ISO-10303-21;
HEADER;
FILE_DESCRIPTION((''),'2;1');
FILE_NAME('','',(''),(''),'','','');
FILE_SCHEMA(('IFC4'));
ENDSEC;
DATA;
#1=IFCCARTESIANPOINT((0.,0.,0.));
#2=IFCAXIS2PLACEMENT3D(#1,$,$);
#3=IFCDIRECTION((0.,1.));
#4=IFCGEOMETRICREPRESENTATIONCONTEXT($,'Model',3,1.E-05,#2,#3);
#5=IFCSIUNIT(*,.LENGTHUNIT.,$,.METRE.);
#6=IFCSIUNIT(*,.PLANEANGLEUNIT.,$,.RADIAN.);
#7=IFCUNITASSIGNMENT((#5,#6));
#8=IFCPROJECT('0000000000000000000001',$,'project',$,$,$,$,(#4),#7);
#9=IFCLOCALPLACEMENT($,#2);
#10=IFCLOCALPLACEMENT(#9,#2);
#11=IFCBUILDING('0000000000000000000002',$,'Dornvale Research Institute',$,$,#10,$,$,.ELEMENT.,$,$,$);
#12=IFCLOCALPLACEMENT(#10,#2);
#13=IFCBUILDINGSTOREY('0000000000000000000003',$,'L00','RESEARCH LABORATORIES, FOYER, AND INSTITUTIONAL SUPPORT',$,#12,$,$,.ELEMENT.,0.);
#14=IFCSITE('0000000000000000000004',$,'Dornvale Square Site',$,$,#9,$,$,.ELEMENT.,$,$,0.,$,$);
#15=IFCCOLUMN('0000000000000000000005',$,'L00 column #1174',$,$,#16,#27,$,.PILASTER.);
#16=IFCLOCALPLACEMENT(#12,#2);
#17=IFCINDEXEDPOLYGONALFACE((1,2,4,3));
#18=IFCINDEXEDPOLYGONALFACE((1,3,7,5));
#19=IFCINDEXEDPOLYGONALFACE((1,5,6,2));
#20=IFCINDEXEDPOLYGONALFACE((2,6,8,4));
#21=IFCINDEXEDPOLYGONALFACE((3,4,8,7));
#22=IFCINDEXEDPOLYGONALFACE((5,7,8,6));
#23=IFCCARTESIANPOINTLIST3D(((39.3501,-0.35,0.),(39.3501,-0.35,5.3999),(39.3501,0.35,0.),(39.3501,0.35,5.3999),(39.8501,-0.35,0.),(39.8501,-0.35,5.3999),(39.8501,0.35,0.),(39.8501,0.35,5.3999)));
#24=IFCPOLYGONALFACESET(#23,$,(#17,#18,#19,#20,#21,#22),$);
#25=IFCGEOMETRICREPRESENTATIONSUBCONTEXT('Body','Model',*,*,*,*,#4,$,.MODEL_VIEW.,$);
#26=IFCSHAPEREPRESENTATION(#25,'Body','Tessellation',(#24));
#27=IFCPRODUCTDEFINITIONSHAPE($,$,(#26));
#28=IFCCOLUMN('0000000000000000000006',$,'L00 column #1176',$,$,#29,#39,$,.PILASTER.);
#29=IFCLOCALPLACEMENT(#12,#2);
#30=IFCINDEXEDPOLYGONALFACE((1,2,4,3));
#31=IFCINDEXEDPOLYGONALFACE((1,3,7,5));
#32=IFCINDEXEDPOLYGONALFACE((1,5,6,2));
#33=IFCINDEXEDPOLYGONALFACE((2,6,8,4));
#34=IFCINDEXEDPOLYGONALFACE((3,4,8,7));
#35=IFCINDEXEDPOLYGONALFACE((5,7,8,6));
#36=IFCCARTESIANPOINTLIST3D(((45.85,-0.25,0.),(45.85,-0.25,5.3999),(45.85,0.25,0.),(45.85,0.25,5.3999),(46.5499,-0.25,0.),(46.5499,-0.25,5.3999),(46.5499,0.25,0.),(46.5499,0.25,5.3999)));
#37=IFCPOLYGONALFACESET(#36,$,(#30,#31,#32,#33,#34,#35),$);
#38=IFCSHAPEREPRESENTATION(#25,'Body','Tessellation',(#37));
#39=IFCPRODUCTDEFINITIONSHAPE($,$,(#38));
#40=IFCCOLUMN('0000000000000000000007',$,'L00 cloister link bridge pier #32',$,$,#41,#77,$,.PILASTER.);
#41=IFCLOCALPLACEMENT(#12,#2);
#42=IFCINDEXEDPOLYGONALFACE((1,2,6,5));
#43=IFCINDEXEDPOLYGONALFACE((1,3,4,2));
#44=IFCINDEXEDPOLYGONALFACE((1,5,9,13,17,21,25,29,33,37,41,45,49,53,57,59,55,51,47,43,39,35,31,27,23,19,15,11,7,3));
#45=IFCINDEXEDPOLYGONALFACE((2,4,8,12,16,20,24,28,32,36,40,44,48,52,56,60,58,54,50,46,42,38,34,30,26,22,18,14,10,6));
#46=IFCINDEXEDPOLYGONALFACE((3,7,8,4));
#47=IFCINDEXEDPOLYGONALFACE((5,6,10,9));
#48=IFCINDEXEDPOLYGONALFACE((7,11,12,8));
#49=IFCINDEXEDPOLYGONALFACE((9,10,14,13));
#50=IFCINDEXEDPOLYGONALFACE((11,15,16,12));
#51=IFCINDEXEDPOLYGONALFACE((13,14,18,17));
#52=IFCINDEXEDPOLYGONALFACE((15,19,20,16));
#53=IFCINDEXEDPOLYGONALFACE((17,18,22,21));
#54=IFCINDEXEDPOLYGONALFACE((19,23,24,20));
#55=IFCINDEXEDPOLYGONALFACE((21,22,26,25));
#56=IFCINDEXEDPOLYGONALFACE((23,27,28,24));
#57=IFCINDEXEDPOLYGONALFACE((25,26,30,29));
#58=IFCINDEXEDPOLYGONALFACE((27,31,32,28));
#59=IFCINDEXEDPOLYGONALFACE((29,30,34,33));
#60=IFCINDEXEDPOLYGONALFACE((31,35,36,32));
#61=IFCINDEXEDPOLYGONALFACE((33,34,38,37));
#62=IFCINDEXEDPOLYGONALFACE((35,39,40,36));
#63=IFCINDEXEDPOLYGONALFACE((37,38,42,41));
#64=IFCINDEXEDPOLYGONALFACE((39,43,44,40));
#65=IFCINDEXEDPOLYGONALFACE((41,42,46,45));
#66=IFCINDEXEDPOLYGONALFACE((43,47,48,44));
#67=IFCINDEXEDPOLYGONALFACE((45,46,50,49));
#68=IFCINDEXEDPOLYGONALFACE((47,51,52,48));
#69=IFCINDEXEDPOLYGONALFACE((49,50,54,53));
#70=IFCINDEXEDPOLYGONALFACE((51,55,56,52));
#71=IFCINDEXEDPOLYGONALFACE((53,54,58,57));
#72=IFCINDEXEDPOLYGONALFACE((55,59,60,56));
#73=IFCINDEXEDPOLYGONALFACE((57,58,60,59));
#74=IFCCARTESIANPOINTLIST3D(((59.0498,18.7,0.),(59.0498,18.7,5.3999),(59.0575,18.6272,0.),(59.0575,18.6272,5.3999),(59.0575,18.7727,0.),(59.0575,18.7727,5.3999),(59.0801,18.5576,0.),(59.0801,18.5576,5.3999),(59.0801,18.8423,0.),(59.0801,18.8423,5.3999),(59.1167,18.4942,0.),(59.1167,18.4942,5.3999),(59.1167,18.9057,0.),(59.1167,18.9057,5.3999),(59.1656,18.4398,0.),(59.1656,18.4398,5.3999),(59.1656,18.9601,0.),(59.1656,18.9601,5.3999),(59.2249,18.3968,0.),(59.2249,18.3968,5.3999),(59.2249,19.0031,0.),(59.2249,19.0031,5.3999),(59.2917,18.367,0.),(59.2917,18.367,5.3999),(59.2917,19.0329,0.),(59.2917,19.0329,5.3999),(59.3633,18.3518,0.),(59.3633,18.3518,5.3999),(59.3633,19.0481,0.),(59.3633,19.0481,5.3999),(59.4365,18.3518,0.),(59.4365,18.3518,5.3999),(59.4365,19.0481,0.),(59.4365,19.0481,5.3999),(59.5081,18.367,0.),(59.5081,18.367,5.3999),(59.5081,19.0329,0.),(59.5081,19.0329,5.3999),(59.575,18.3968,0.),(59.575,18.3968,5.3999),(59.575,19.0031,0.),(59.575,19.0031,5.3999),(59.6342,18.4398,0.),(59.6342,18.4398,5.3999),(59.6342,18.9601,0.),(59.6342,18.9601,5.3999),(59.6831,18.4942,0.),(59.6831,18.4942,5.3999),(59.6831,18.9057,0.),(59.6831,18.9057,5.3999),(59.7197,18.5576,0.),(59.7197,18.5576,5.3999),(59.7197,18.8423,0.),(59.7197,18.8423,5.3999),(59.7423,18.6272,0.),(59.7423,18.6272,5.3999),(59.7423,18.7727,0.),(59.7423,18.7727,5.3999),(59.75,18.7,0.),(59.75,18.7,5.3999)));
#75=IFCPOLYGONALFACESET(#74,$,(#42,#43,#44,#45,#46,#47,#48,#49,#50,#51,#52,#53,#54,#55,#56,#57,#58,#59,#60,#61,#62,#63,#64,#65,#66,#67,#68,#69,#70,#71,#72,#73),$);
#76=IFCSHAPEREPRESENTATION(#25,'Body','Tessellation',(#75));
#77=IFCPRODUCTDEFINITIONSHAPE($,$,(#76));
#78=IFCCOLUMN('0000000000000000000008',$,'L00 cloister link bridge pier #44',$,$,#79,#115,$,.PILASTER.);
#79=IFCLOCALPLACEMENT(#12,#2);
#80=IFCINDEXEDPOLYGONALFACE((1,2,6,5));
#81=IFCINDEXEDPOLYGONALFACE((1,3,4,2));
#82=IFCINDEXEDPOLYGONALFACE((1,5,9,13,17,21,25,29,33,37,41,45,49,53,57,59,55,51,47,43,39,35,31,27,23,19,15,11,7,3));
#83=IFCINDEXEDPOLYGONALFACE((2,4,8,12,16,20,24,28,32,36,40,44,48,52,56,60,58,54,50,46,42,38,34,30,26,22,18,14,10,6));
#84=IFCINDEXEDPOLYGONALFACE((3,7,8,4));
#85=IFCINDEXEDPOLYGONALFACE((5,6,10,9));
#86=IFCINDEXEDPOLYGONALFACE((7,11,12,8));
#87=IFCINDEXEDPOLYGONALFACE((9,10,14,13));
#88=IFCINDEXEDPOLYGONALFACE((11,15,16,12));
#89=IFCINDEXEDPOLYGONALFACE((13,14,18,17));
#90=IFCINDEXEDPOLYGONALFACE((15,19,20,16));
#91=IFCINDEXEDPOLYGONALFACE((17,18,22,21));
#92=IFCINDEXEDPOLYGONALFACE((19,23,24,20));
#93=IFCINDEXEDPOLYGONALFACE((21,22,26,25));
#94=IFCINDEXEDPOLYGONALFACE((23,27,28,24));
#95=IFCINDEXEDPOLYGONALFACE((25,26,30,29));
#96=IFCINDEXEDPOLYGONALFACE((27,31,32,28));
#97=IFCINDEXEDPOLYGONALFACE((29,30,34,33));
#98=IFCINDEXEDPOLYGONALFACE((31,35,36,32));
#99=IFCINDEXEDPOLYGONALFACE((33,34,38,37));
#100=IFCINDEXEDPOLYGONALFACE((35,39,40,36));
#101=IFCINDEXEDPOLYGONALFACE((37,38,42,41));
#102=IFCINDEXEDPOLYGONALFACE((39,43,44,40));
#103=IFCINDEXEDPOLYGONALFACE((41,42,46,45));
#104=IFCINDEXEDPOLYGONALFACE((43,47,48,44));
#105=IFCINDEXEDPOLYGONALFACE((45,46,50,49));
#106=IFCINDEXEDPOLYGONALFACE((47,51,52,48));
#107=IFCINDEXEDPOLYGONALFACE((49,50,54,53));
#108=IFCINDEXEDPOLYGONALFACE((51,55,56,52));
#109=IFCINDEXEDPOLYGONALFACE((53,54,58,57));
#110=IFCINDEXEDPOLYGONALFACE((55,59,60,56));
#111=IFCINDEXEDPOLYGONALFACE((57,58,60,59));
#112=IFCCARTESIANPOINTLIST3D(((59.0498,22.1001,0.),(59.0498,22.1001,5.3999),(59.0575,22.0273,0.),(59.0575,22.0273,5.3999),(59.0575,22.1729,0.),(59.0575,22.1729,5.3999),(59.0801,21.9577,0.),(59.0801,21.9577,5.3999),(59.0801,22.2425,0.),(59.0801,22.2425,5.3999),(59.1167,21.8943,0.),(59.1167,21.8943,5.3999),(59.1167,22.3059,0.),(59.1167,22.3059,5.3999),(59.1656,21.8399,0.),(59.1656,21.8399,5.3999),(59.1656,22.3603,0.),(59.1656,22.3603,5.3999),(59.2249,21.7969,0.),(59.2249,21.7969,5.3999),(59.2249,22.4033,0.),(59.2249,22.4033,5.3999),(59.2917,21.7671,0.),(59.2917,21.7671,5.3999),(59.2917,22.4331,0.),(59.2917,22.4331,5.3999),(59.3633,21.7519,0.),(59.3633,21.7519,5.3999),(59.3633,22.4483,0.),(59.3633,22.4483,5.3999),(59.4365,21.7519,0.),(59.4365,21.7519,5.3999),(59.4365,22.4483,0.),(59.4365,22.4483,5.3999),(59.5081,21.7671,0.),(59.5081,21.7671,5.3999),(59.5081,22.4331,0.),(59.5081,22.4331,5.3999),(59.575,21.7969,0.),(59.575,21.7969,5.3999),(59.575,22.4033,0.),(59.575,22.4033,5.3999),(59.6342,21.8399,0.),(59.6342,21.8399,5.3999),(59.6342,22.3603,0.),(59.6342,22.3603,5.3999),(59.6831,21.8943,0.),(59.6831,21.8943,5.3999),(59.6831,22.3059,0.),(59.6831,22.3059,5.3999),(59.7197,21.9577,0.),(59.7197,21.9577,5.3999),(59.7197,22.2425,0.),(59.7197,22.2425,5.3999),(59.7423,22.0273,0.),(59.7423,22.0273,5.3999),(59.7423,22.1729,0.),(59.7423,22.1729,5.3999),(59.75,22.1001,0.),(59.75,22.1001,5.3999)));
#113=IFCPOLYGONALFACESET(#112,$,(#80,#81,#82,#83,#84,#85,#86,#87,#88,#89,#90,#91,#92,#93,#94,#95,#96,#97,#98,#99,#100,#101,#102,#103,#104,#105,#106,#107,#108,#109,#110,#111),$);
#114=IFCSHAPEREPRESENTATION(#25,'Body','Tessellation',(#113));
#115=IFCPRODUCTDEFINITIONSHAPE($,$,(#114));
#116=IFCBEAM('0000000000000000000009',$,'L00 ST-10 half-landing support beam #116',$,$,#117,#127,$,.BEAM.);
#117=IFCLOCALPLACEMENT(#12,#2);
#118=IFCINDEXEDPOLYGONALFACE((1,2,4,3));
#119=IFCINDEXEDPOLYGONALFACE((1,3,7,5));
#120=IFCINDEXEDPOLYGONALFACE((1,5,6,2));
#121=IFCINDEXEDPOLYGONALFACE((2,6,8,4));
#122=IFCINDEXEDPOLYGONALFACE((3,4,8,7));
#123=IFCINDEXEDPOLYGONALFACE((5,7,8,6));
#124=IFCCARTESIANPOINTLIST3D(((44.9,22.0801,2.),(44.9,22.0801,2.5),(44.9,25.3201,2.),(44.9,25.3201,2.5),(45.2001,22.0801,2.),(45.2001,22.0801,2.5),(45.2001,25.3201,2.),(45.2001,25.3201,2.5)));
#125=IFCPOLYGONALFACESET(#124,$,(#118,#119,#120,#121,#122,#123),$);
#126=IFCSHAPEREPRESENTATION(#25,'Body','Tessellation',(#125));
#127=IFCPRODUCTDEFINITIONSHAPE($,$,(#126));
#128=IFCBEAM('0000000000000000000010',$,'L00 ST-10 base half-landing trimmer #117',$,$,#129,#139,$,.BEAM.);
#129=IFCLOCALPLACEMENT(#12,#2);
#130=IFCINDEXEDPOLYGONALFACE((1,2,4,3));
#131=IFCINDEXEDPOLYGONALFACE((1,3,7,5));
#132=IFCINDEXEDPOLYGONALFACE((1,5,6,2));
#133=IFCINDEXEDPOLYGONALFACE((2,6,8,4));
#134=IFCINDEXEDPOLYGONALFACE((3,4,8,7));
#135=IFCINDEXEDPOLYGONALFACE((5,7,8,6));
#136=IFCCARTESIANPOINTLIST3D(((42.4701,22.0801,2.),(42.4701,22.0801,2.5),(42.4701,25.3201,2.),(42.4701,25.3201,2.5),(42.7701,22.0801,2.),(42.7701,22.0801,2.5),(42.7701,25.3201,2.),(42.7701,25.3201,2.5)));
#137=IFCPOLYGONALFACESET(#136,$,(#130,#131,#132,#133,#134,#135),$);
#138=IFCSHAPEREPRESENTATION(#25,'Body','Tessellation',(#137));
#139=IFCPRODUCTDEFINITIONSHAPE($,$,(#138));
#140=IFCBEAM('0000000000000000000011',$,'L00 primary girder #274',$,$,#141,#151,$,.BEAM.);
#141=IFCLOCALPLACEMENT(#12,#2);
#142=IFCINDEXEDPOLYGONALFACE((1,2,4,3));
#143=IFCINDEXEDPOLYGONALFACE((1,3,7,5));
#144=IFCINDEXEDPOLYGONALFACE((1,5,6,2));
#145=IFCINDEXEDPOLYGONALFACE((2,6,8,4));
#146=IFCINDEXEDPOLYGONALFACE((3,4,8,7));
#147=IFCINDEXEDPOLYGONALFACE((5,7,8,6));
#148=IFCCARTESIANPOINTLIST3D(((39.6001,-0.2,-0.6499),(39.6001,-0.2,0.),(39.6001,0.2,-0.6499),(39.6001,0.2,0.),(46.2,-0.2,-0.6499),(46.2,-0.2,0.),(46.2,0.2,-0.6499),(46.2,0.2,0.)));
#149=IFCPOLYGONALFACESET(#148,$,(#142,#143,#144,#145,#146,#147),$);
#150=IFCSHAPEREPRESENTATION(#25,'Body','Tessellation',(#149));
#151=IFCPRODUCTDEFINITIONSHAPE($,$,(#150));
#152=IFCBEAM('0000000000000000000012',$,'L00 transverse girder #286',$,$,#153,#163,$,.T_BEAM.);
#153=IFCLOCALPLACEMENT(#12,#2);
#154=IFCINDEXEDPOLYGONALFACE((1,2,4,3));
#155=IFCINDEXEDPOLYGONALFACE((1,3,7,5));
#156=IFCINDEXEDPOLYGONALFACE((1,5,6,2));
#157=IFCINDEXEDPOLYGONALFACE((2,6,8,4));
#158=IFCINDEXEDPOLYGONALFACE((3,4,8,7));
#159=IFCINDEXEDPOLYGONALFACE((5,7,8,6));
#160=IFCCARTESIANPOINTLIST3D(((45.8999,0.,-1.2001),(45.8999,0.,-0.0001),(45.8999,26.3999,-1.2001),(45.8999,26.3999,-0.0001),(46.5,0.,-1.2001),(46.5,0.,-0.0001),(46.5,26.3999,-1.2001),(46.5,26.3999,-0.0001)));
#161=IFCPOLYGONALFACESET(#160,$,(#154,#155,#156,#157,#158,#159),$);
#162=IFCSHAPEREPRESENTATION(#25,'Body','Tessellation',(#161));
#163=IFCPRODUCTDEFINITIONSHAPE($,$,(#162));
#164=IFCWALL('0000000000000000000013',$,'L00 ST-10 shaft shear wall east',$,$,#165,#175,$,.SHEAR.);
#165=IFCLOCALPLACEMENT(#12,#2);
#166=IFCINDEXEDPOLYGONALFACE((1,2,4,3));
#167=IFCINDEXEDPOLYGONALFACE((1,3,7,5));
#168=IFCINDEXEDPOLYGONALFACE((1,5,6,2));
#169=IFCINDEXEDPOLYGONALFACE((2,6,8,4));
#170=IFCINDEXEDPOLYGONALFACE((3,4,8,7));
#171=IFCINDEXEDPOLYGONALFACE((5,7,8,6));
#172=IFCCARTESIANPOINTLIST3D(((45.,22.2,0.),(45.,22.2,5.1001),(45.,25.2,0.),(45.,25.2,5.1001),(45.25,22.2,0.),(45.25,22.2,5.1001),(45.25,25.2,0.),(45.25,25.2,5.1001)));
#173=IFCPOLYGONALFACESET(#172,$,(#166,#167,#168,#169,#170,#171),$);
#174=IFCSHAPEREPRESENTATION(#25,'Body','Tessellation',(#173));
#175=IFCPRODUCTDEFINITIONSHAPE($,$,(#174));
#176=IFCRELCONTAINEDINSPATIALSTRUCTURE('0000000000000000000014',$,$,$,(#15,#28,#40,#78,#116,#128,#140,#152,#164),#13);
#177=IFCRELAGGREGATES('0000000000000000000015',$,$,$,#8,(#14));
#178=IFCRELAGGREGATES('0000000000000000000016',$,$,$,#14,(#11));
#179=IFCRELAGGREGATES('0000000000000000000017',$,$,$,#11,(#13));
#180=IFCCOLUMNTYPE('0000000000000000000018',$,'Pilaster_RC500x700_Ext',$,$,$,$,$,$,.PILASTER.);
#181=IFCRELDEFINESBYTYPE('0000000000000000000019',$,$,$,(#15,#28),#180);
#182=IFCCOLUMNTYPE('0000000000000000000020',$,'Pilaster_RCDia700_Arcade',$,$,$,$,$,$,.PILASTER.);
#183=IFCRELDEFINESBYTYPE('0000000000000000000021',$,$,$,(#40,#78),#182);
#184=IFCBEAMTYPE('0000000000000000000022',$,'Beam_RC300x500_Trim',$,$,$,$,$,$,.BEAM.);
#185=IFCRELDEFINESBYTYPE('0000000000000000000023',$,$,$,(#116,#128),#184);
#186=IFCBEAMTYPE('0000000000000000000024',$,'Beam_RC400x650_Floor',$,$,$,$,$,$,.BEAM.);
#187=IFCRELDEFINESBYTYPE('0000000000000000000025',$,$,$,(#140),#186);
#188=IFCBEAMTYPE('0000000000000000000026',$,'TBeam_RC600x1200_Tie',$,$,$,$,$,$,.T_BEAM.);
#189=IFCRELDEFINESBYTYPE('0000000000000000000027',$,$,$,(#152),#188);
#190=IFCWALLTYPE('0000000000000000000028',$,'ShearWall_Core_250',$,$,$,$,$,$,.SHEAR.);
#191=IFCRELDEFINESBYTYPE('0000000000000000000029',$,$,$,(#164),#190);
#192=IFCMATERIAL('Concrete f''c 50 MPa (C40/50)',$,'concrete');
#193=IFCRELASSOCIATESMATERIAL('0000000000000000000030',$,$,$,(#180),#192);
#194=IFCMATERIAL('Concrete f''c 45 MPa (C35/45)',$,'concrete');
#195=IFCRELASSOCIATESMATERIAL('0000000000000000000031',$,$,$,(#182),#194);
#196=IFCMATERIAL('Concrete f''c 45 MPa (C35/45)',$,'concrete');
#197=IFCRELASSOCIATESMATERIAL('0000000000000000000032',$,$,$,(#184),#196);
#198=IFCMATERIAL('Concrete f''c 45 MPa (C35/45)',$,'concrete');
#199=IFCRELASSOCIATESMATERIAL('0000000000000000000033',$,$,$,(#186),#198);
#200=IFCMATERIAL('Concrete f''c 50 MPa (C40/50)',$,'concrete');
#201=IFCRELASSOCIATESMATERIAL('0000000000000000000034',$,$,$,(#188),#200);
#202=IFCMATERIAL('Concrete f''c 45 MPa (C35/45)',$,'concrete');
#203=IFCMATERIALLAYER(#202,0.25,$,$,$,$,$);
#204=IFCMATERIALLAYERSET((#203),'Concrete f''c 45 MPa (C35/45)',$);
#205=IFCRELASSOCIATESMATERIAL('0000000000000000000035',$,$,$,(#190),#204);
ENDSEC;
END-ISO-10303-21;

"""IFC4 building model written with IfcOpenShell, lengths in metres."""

from ifc_helpers import new_model, si_unit, direction, frame, frame_2d, origin, origin_2d, place, context, subcontext, project, spatial, rectangle, circle, extrude, material, layer, layer_set, material_profile, profile_set, type_object, element, save


model = new_model("IFC4")

# Units and contexts
model_context = context("Model", 3, precision=1e-05, world=origin(), true_north=direction((0.0, 1.0)))
body_context = subcontext(model_context, "Body", "Model", "MODEL_VIEW")
ifc_project = project(units=[si_unit("LENGTHUNIT", "METRE"), si_unit("PLANEANGLEUNIT", "RADIAN")], contexts=[model_context])

# Site, building, storey
site_placement = place(None, origin())
site = spatial("IfcSite", under=ifc_project, at=site_placement, Name="Dornvale Square Site", CompositionType="ELEMENT", RefElevation=0.0)
building_placement = place(site_placement, origin())
building = spatial("IfcBuilding", under=site, at=building_placement, Name="Dornvale Research Institute", CompositionType="ELEMENT")
storey_placement = place(building_placement, origin())
storey = spatial("IfcBuildingStorey", under=building, at=storey_placement, Name="L00", Description="RESEARCH LABORATORIES, FOYER, AND INSTITUTIONAL SUPPORT", CompositionType="ELEMENT", Elevation=0.0)

# Columns
ifc_material_1 = material(Name="Concrete f'c 50 MPa (C40/50)", Category="concrete")
ifc_material_profile_1 = material_profile(ifc_material_1, rectangle(XDim=0.5, YDim=0.7, at=origin_2d()), Name="RC 500x700")
ifc_profile_set_1 = profile_set([ifc_material_profile_1], Name="Concrete f'c 50 MPa (C40/50)")
column_type_1 = type_object("IfcColumnType", Name="Pilaster_RC500x700_Ext", PredefinedType="PILASTER", material=ifc_profile_set_1)
for number, where, z_axis, x_axis, name in (
    (1, (39.6001, 0.0, 0.0), (0.0, 0.0, 1.0), (1.0, 0.0, 0.0), "L00 column #1174"),
    (2, (46.2, 0.0, 0.0), (0.0, 0.0, 1.0), (0.0, 1.0, 0.0), "L00 column #1176"),
):
    element("IfcColumn", number, at=place(storey_placement, frame(where, z_axis=z_axis, x_axis=x_axis)), inside=storey, type_object=column_type_1, Name=name, PredefinedType="PILASTER", context=body_context, shape_type="SweptSolid", body=[
        extrude(rectangle(XDim=0.5, YDim=0.7, at=origin_2d()), origin(), (0.0, 0.0, 1.0), 5.3999),
    ])
ifc_material_2 = material(Name="Concrete f'c 45 MPa (C35/45)", Category="concrete")
ifc_material_profile_2 = material_profile(ifc_material_2, circle(Radius=0.3501, at=origin_2d()), Name="RC DIA 700")
ifc_profile_set_2 = profile_set([ifc_material_profile_2], Name="Concrete f'c 45 MPa (C35/45)")
column_type_2 = type_object("IfcColumnType", Name="Pilaster_RCDia700_Arcade", PredefinedType="PILASTER", material=ifc_profile_set_2)
for number, where, z_axis, x_axis, name in (
    (3, (59.3999, 18.7, 0.0), (0.0, 0.0, 1.0), (1.0, 0.0, 0.0), "L00 cloister link bridge pier #32"),
    (4, (59.3999, 22.1001, 0.0), (0.0, 0.0, 1.0), (1.0, 0.0, 0.0), "L00 cloister link bridge pier #44"),
):
    element("IfcColumn", number, at=place(storey_placement, frame(where, z_axis=z_axis, x_axis=x_axis)), inside=storey, type_object=column_type_2, Name=name, PredefinedType="PILASTER", context=body_context, shape_type="SweptSolid", body=[
        extrude(circle(Radius=0.3501, at=origin_2d()), origin(), (0.0, 0.0, 1.0), 5.3999),
    ])

# Beams
ifc_material_3 = material(Name="Concrete f'c 45 MPa (C35/45)", Category="concrete")
ifc_material_profile_3 = material_profile(ifc_material_3, rectangle(XDim=0.3, YDim=0.5, at=origin_2d()), Name="RC 300x500")
ifc_profile_set_3 = profile_set([ifc_material_profile_3], Name="Concrete f'c 45 MPa (C35/45)")
beam_type_1 = type_object("IfcBeamType", Name="Beam_RC300x500_Trim", PredefinedType="BEAM", material=ifc_profile_set_3)
for number, where, z_axis, x_axis, name in (
    (5, (45.05, 22.0801, 2.25), (0.0, 1.0, 0.0), (-1.0, 0.0, 0.0), "L00 ST-10 half-landing support beam #116"),
    (6, (42.6201, 22.0801, 2.25), (0.0, 1.0, 0.0), (-1.0, 0.0, 0.0), "L00 ST-10 base half-landing trimmer #117"),
):
    element("IfcBeam", number, at=place(storey_placement, frame(where, z_axis=z_axis, x_axis=x_axis)), inside=storey, type_object=beam_type_1, Name=name, PredefinedType="BEAM", context=body_context, shape_type="SweptSolid", body=[
        extrude(rectangle(XDim=0.3, YDim=0.5, at=origin_2d()), origin(), (0.0, 0.0, 1.0), 3.24),
    ])
ifc_material_4 = material(Name="Concrete f'c 45 MPa (C35/45)", Category="concrete")
ifc_material_profile_4 = material_profile(ifc_material_4, rectangle(XDim=0.3999, YDim=0.6499, at=origin_2d()), Name="RC 400x650")
ifc_profile_set_4 = profile_set([ifc_material_profile_4], Name="Concrete f'c 45 MPa (C35/45)")
beam_type_2 = type_object("IfcBeamType", Name="Beam_RC400x650_Floor", PredefinedType="BEAM", material=ifc_profile_set_4)
beam_1_placement = place(storey_placement, frame((39.6001, 0.0, -0.325), z_axis=(1.0, 0.0, 0.0), x_axis=(0.0, 1.0, 0.0)))
element("IfcBeam", 7, at=beam_1_placement, inside=storey, type_object=beam_type_2, Name="L00 primary girder #274", PredefinedType="BEAM", context=body_context, shape_type="SweptSolid", body=[
    extrude(rectangle(XDim=0.3999, YDim=0.6499, at=origin_2d()), origin(), (0.0, 0.0, 1.0), 6.5999),
])
ifc_material_5 = material(Name="Concrete f'c 50 MPa (C40/50)", Category="concrete")
ifc_material_profile_5 = material_profile(ifc_material_5, rectangle(XDim=0.6001, YDim=1.2, at=origin_2d()), Name="RC 600x1200")
ifc_profile_set_5 = profile_set([ifc_material_profile_5], Name="Concrete f'c 50 MPa (C40/50)")
beam_type_3 = type_object("IfcBeamType", Name="TBeam_RC600x1200_Tie", PredefinedType="T_BEAM", material=ifc_profile_set_5)
beam_2_placement = place(storey_placement, frame((46.2, 0.0, -0.6001), z_axis=(0.0, 1.0, 0.0), x_axis=(-1.0, 0.0, 0.0)))
element("IfcBeam", 8, at=beam_2_placement, inside=storey, type_object=beam_type_3, Name="L00 transverse girder #286", PredefinedType="T_BEAM", context=body_context, shape_type="SweptSolid", body=[
    extrude(rectangle(XDim=0.6001, YDim=1.2, at=origin_2d()), origin(), (0.0, 0.0, 1.0), 26.3999),
])

# Wall
ifc_material_6 = material(Name="Concrete f'c 45 MPa (C35/45)", Category="concrete")
ifc_layer_1 = layer(ifc_material_6, 0.25)
ifc_layer_set_1 = layer_set([ifc_layer_1], Name="Concrete f'c 45 MPa (C35/45)")
wall_type_1 = type_object("IfcWallType", Name="ShearWall_Core_250", PredefinedType="SHEAR", material=ifc_layer_set_1)
wall_1_placement = place(storey_placement, frame((45.125, 22.2, 0.0), z_axis=(0.0, 0.0, 1.0), x_axis=(0.0, 1.0, 0.0)))
element("IfcWall", 9, at=wall_1_placement, inside=storey, type_object=wall_type_1, Name="L00 ST-10 shaft shear wall east", PredefinedType="SHEAR", context=body_context, shape_type="SweptSolid", body=[
    extrude(rectangle(XDim=3.0, YDim=0.25, at=frame_2d((1.5, 0.0))), origin(), (0.0, 0.0, 1.0), 5.1001),
])

save(model, "model.ifc")
